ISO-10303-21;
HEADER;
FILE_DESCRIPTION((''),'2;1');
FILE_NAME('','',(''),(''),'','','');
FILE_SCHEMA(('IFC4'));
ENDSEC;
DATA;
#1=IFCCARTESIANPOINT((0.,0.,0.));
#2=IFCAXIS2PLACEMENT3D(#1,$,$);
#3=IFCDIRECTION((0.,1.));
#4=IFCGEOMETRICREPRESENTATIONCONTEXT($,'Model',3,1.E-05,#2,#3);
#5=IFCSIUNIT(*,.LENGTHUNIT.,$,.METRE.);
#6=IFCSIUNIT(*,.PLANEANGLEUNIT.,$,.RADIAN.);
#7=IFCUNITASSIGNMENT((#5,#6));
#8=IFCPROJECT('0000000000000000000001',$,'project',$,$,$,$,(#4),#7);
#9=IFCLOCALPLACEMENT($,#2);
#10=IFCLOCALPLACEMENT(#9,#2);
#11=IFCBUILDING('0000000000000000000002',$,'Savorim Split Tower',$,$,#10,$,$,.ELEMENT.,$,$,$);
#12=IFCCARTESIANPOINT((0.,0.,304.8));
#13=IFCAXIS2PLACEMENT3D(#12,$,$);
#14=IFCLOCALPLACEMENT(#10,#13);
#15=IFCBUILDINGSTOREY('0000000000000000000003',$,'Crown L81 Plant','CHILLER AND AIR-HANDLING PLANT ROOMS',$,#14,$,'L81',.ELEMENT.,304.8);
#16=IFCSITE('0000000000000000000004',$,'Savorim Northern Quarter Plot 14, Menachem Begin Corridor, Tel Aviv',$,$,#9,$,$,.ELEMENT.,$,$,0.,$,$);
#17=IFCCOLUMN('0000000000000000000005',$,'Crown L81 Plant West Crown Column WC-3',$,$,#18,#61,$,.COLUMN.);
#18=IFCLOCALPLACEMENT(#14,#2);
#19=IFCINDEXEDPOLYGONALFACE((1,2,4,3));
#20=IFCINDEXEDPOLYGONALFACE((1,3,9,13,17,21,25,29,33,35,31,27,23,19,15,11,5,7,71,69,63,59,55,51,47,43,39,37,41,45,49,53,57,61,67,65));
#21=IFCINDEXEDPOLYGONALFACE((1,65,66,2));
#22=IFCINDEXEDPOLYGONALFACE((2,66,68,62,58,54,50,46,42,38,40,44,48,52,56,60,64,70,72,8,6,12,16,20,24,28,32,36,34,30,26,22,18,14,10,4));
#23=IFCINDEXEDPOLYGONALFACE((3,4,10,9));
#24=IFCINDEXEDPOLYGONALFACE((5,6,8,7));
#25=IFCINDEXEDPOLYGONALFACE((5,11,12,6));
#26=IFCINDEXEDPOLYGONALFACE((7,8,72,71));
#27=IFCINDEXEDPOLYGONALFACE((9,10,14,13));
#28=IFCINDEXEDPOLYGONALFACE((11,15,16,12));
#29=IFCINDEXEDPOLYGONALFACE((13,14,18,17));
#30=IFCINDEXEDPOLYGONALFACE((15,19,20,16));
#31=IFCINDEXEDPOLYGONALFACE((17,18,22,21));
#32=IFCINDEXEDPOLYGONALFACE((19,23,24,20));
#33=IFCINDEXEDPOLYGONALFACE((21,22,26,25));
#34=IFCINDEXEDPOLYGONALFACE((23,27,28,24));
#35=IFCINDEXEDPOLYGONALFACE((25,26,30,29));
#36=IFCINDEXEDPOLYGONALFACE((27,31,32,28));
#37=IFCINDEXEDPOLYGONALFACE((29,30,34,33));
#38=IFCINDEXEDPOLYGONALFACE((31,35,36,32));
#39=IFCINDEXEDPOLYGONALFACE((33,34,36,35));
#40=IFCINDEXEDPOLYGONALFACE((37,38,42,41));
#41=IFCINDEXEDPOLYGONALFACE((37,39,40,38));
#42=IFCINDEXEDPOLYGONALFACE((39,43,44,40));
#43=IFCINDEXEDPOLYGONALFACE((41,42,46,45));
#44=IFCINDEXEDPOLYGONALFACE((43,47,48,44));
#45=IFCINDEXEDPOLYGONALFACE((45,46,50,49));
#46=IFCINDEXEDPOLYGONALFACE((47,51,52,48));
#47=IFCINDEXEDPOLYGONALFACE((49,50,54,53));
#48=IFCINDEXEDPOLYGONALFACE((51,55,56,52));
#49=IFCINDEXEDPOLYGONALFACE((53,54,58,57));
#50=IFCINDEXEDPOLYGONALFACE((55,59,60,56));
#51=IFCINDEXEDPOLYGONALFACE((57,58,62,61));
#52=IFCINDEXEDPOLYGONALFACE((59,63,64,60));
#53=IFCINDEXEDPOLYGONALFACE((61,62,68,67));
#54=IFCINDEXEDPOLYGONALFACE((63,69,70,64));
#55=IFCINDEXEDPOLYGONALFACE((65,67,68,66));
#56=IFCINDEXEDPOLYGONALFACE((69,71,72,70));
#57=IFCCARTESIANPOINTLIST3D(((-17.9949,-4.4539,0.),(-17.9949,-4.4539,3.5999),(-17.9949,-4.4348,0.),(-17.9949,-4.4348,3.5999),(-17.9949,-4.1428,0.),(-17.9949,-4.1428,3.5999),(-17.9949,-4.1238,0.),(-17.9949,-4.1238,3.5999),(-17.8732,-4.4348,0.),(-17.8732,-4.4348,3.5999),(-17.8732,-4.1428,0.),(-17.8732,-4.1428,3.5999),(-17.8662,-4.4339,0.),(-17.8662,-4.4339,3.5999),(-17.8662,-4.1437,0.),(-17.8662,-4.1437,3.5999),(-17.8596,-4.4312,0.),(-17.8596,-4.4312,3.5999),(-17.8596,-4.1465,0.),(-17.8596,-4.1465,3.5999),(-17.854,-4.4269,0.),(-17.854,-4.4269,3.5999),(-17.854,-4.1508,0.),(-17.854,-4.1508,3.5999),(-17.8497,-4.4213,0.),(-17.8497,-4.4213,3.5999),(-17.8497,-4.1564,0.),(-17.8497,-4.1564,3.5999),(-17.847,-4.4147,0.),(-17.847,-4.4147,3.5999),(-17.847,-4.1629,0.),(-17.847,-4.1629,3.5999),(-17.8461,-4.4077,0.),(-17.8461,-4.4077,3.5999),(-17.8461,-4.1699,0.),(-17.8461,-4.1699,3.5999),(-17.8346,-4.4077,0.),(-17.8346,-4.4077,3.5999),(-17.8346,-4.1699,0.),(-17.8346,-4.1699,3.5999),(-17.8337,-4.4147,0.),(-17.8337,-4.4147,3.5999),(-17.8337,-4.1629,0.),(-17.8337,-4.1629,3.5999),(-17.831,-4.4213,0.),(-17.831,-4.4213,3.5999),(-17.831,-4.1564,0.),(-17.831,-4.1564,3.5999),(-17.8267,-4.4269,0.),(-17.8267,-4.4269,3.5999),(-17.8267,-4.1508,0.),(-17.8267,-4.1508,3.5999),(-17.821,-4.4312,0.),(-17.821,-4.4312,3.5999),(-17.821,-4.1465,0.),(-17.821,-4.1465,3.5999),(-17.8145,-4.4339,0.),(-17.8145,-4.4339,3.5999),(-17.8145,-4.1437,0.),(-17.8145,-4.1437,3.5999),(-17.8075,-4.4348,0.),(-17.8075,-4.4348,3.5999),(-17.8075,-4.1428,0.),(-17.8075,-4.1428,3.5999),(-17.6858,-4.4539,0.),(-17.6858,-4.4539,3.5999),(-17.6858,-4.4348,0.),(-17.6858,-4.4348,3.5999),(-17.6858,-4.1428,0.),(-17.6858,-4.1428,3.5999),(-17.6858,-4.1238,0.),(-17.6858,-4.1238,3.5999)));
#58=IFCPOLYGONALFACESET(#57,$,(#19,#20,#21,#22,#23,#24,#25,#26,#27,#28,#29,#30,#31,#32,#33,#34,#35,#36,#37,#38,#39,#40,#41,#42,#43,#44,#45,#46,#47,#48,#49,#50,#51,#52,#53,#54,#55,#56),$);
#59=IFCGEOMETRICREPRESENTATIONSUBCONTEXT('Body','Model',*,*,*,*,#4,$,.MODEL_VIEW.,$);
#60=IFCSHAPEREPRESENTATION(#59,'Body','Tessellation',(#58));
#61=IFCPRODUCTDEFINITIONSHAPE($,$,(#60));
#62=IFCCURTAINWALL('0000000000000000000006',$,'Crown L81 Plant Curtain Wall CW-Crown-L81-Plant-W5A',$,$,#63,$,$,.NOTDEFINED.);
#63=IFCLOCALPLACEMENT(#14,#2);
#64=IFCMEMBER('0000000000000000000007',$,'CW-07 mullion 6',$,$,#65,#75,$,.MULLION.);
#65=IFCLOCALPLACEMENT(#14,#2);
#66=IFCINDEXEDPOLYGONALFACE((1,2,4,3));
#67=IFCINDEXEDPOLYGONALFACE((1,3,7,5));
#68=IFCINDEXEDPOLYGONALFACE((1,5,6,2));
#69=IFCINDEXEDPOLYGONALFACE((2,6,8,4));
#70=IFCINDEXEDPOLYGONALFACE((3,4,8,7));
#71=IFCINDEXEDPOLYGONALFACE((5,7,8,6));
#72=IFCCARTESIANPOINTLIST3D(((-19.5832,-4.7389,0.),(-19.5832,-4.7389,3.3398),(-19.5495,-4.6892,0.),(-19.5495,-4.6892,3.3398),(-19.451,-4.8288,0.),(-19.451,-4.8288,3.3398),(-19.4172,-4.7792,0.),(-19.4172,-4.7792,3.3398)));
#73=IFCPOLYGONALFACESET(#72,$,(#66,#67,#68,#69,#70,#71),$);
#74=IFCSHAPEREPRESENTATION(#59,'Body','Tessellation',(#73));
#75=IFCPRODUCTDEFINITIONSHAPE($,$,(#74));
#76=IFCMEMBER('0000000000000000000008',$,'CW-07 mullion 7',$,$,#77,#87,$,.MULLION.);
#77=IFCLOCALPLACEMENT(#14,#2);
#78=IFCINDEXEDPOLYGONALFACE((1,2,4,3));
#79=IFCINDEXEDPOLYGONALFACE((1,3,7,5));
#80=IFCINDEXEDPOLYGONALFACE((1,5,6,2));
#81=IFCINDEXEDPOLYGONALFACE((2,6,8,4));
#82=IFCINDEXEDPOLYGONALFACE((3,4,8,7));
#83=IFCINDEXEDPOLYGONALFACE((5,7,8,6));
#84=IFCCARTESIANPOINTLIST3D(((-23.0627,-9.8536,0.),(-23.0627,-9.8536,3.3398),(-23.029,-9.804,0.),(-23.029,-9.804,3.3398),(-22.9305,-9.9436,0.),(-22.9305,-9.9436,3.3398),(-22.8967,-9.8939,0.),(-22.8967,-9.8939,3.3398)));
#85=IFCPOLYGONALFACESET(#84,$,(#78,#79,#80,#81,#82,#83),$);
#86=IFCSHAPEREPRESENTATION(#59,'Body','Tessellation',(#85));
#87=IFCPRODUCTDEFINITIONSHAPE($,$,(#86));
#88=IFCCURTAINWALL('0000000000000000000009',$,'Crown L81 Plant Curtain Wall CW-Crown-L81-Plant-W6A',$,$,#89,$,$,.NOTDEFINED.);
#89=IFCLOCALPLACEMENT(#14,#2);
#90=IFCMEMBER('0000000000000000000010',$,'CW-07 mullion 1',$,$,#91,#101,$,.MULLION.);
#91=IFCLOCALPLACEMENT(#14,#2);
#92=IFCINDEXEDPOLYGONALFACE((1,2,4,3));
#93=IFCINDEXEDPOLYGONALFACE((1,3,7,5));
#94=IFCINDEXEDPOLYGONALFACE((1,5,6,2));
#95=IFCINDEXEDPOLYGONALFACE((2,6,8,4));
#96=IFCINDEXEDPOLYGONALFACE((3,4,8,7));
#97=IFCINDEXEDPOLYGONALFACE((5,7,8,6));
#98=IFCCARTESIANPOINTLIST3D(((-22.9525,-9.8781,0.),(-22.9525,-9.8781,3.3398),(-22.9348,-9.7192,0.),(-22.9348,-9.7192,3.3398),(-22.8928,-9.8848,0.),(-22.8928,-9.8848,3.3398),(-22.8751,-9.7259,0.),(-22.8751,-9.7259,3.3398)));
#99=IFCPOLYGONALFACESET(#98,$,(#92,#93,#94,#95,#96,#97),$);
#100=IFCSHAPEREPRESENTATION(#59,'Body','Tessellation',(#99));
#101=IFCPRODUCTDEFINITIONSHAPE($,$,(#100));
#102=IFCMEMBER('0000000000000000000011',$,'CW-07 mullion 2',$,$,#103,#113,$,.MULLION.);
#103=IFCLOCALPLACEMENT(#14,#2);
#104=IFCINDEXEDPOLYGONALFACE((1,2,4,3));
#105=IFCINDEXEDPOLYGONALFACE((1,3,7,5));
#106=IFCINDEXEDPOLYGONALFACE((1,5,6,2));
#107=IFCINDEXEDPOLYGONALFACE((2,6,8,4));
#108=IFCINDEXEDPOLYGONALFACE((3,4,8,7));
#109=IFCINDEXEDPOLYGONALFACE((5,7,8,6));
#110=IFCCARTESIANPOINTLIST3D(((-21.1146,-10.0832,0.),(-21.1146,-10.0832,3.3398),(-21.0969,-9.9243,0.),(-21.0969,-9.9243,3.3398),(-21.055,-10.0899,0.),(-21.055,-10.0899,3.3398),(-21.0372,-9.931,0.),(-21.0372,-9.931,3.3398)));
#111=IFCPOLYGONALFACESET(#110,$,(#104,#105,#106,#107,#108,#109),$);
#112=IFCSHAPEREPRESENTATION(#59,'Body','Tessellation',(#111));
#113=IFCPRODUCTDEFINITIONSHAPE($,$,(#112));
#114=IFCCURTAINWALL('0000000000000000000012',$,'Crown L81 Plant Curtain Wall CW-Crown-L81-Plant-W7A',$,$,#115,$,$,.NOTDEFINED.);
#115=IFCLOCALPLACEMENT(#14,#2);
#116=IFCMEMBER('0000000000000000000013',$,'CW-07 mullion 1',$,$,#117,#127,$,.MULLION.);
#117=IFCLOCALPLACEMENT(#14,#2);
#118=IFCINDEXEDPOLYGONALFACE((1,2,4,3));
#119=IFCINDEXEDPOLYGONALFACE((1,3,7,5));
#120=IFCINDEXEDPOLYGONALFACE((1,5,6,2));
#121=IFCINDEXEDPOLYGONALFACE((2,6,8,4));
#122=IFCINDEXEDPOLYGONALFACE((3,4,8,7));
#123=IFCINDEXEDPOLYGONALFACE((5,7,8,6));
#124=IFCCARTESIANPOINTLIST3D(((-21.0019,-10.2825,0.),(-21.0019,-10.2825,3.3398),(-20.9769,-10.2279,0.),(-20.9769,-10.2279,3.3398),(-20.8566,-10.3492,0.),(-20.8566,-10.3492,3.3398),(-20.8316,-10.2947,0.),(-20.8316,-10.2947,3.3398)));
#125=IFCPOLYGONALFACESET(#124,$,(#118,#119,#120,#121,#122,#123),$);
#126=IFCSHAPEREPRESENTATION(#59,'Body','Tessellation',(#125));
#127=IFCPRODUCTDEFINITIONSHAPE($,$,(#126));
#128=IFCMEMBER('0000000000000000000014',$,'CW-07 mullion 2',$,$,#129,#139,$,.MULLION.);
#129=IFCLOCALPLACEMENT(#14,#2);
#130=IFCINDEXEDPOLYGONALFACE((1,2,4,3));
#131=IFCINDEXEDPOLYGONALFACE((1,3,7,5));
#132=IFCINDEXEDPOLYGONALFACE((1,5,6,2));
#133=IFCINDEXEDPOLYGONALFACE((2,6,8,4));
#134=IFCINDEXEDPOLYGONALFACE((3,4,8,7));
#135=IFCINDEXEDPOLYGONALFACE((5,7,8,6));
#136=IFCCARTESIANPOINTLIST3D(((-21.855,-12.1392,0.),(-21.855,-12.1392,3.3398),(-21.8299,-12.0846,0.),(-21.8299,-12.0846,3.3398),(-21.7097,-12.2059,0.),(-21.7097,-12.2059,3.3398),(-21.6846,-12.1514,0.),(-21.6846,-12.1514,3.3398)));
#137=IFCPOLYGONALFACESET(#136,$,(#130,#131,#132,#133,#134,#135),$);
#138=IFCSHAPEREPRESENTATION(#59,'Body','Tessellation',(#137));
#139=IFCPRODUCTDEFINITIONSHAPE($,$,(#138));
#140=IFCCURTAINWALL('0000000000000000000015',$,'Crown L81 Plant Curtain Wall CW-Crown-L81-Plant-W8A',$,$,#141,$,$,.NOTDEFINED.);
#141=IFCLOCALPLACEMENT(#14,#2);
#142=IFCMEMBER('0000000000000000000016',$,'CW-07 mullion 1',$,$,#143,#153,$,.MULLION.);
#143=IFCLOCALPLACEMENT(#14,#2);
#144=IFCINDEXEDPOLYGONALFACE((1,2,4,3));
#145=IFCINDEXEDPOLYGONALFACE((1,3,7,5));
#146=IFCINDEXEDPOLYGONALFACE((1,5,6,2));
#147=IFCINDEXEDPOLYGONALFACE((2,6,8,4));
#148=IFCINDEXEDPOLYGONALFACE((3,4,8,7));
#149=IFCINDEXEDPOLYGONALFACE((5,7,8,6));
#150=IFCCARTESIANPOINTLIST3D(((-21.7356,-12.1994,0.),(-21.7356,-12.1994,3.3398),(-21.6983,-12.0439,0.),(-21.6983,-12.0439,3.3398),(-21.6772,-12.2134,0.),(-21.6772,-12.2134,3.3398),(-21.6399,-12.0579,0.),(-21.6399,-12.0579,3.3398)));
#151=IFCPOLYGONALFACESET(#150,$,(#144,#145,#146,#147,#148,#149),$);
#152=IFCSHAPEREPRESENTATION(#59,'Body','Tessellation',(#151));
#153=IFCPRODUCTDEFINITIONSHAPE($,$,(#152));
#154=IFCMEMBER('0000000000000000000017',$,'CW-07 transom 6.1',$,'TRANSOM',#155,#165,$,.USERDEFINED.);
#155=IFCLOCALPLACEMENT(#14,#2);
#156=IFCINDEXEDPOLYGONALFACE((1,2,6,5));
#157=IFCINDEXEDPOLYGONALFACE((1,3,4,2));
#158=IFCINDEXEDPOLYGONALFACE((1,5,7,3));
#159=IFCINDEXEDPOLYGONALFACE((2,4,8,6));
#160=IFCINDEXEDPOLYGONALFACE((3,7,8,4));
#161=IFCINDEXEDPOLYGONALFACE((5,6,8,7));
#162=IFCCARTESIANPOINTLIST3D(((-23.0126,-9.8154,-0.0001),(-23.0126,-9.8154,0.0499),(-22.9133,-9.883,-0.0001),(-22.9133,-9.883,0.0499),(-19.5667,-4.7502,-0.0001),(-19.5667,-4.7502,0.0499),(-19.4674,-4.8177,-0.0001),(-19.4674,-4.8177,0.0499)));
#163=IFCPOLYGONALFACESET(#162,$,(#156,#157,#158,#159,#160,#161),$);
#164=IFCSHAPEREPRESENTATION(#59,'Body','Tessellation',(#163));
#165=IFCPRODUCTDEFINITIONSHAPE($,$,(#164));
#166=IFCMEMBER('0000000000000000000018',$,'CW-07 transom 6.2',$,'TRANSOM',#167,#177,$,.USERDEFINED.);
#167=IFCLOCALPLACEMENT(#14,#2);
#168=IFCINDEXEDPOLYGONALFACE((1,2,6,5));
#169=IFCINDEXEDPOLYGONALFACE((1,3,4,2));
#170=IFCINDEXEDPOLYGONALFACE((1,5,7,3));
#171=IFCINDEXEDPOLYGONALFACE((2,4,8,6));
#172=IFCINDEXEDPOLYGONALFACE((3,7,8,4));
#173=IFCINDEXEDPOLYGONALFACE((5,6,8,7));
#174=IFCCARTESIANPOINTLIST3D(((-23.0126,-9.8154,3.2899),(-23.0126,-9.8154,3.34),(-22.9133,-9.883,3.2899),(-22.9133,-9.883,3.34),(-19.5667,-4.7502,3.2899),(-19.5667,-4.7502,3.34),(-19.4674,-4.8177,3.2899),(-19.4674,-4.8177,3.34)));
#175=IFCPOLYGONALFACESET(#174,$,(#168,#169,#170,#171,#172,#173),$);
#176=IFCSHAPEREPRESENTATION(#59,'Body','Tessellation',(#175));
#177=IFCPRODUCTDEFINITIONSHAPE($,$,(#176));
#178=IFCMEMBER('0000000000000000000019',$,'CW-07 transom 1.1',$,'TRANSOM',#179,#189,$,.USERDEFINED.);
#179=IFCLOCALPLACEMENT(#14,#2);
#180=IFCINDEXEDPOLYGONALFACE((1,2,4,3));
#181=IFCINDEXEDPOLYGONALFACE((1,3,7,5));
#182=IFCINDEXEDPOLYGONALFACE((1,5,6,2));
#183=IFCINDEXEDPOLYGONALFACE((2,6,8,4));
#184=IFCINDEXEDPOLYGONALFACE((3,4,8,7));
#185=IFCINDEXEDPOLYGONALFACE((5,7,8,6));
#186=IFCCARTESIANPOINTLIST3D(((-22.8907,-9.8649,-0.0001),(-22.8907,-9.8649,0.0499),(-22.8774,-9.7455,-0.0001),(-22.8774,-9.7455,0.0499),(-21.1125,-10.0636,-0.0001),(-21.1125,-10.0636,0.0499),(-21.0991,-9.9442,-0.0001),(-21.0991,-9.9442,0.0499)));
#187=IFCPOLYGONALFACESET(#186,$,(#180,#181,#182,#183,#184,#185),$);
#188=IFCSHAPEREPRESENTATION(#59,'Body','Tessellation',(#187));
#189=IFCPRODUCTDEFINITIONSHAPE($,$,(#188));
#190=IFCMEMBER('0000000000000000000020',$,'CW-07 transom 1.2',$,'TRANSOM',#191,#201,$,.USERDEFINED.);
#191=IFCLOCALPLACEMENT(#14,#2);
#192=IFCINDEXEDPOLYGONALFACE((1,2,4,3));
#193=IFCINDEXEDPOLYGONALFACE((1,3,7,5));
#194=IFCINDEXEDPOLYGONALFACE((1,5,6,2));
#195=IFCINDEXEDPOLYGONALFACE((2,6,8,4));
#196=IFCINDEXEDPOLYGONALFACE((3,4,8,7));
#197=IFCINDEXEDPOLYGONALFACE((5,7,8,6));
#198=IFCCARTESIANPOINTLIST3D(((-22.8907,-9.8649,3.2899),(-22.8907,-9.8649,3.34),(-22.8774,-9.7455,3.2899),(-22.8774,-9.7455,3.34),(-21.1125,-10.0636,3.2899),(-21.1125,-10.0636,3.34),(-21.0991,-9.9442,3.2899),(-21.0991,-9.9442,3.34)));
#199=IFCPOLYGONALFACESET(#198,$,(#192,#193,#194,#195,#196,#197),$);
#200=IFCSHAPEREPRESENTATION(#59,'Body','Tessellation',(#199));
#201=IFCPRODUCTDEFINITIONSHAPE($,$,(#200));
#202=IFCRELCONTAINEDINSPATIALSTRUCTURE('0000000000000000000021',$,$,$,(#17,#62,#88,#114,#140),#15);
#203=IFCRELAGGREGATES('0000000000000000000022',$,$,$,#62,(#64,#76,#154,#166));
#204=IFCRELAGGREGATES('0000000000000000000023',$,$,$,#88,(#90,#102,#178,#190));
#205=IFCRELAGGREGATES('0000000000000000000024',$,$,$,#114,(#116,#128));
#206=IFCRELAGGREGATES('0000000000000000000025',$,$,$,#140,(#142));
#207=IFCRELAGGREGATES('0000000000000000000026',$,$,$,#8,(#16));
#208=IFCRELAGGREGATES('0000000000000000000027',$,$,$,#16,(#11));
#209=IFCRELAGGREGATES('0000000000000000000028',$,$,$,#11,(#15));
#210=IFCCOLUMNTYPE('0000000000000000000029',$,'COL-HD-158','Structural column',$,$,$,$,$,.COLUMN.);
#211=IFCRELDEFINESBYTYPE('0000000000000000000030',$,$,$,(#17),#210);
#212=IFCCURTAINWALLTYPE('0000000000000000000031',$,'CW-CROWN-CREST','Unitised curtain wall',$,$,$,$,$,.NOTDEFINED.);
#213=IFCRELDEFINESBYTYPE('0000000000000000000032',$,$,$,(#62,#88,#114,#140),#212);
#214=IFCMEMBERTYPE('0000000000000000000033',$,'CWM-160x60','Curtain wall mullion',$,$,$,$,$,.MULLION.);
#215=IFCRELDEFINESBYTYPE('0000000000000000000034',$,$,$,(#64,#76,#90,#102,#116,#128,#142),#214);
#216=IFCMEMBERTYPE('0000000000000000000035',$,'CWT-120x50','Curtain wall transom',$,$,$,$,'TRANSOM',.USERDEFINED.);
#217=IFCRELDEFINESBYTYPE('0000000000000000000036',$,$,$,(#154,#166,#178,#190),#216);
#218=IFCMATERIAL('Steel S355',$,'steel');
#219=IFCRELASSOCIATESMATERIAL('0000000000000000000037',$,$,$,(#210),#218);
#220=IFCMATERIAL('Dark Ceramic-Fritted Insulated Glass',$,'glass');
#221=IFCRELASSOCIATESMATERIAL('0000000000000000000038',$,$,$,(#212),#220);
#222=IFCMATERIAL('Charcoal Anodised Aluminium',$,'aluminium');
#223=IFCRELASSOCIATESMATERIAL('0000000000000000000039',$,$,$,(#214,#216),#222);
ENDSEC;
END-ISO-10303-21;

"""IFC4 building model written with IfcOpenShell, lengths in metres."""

from ifc_helpers import new_model, si_unit, direction, frame, origin, origin_2d, place, context, subcontext, project, spatial, rectangle, i_section, extrude, material, material_profile, profile_set, type_object, element, aggregate, save


model = new_model("IFC4")

# Units and contexts
model_context = context("Model", 3, precision=1e-05, world=origin(), true_north=direction((0.0, 1.0)))
body_context = subcontext(model_context, "Body", "Model", "MODEL_VIEW")
ifc_project = project(units=[si_unit("LENGTHUNIT", "METRE"), si_unit("PLANEANGLEUNIT", "RADIAN")], contexts=[model_context])

# Site, building, storey
site_placement = place(None, origin())
site = spatial("IfcSite", under=ifc_project, at=site_placement, Name="Savorim Northern Quarter Plot 14, Menachem Begin Corridor, Tel Aviv", CompositionType="ELEMENT", RefElevation=0.0)
building_placement = place(site_placement, origin())
building = spatial("IfcBuilding", under=site, at=building_placement, Name="Savorim Split Tower", CompositionType="ELEMENT")
storey_placement = place(building_placement, frame((0.0, 0.0, 304.8)))
storey = spatial("IfcBuildingStorey", under=building, at=storey_placement, Name="Crown L81 Plant", Description="CHILLER AND AIR-HANDLING PLANT ROOMS", LongName="L81", CompositionType="ELEMENT", Elevation=304.8)

# Column
ifc_material_1 = material(Name="Steel S355", Category="steel")
ifc_material_profile_1 = material_profile(ifc_material_1, i_section(OverallWidth=0.3091, OverallDepth=0.3301, WebThickness=0.0115, FlangeThickness=0.019, FilletRadius=0.0271, at=origin_2d()), Name="HD 320x158")
ifc_profile_set_1 = profile_set([ifc_material_profile_1], Name="Steel S355")
column_type = type_object("IfcColumnType", Name="COL-HD-158", Description="Structural column", PredefinedType="COLUMN", material=ifc_profile_set_1)
column_placement = place(storey_placement, frame((-17.8403, -4.2888, 0.0), z_axis=(0.0, 0.0, 1.0), x_axis=(1.0, 0.0, 0.0)))
element("IfcColumn", 1, at=column_placement, inside=storey, type_object=column_type, Name="Crown L81 Plant West Crown Column WC-3", PredefinedType="COLUMN", context=body_context, shape_type="SweptSolid", body=[
    extrude(i_section(OverallWidth=0.3091, OverallDepth=0.3301, WebThickness=0.0115, FlangeThickness=0.019, FilletRadius=0.0271, at=origin_2d()), origin(), (0.0, 0.0, 1.0), 3.5999),
])

# Curtain walls, members
ifc_material_2 = material(Name="Dark Ceramic-Fritted Insulated Glass", Category="glass")
curtain_wall_type = type_object("IfcCurtainWallType", Name="CW-CROWN-CREST", Description="Unitised curtain wall", PredefinedType="NOTDEFINED", material=ifc_material_2)
curtain_wall_1_placement = place(storey_placement, origin())
curtain_wall_1 = element("IfcCurtainWall", 2, at=curtain_wall_1_placement, inside=storey, type_object=curtain_wall_type, Name="Crown L81 Plant Curtain Wall CW-Crown-L81-Plant-W5A", PredefinedType="NOTDEFINED")
ifc_material_3 = material(Name="Charcoal Anodised Aluminium", Category="aluminium")
ifc_material_profile_2 = material_profile(ifc_material_3, rectangle(XDim=0.1599, YDim=0.0601, at=origin_2d()), Name="ALU-M 160x60")
ifc_profile_set_2 = profile_set([ifc_material_profile_2], Name="Charcoal Anodised Aluminium")
member_type_1 = type_object("IfcMemberType", Name="CWM-160x60", Description="Curtain wall mullion", PredefinedType="MULLION", material=ifc_profile_set_2)
member_1_placement = place(storey_placement, frame((-19.5002, -4.759, 0.0), z_axis=(0.0, 0.0, 1.0), x_axis=(0.82682, -0.562467, 0.0)))
member_1 = element("IfcMember", 3, at=member_1_placement, type_object=member_type_1, Name="CW-07 mullion 6", PredefinedType="MULLION", context=body_context, shape_type="SweptSolid", body=[
    extrude(rectangle(XDim=0.1599, YDim=0.0601, at=origin_2d()), origin(), (0.0, 0.0, 1.0), 3.3398),
])
member_2_placement = place(storey_placement, frame((-22.9797, -9.8738, 0.0), z_axis=(0.0, 0.0, 1.0), x_axis=(0.82682, -0.562467, 0.0)))
member_2 = element("IfcMember", 4, at=member_2_placement, type_object=member_type_1, Name="CW-07 mullion 7", PredefinedType="MULLION", context=body_context, shape_type="SweptSolid", body=[
    extrude(rectangle(XDim=0.1599, YDim=0.0601, at=origin_2d()), origin(), (0.0, 0.0, 1.0), 3.3398),
])
curtain_wall_2_placement = place(storey_placement, origin())
curtain_wall_2 = element("IfcCurtainWall", 5, at=curtain_wall_2_placement, inside=storey, type_object=curtain_wall_type, Name="Crown L81 Plant Curtain Wall CW-Crown-L81-Plant-W6A", PredefinedType="NOTDEFINED")
member_3_placement = place(storey_placement, frame((-22.9138, -9.802, 0.0), z_axis=(0.0, 0.0, 1.0), x_axis=(0.110983, 0.993822, 0.0)))
member_3 = element("IfcMember", 6, at=member_3_placement, type_object=member_type_1, Name="CW-07 mullion 1", PredefinedType="MULLION", context=body_context, shape_type="SweptSolid", body=[
    extrude(rectangle(XDim=0.1599, YDim=0.0601, at=origin_2d()), origin(), (0.0, 0.0, 1.0), 3.3398),
])
member_4_placement = place(storey_placement, frame((-21.0759, -10.0071, 0.0), z_axis=(0.0, 0.0, 1.0), x_axis=(0.110983, 0.993822, 0.0)))
member_4 = element("IfcMember", 7, at=member_4_placement, type_object=member_type_1, Name="CW-07 mullion 2", PredefinedType="MULLION", context=body_context, shape_type="SweptSolid", body=[
    extrude(rectangle(XDim=0.1599, YDim=0.0601, at=origin_2d()), origin(), (0.0, 0.0, 1.0), 3.3398),
])
curtain_wall_3_placement = place(storey_placement, origin())
curtain_wall_3 = element("IfcCurtainWall", 8, at=curtain_wall_3_placement, inside=storey, type_object=curtain_wall_type, Name="Crown L81 Plant Curtain Wall CW-Crown-L81-Plant-W7A", PredefinedType="NOTDEFINED")
member_5_placement = place(storey_placement, frame((-20.9167, -10.2886, 0.0), z_axis=(0.0, 0.0, 1.0), x_axis=(0.90868, -0.417493, 0.0)))
member_5 = element("IfcMember", 9, at=member_5_placement, type_object=member_type_1, Name="CW-07 mullion 1", PredefinedType="MULLION", context=body_context, shape_type="SweptSolid", body=[
    extrude(rectangle(XDim=0.1599, YDim=0.0601, at=origin_2d()), origin(), (0.0, 0.0, 1.0), 3.3398),
])
member_6_placement = place(storey_placement, frame((-21.7698, -12.1453, 0.0), z_axis=(0.0, 0.0, 1.0), x_axis=(0.90868, -0.417493, 0.0)))
member_6 = element("IfcMember", 10, at=member_6_placement, type_object=member_type_1, Name="CW-07 mullion 2", PredefinedType="MULLION", context=body_context, shape_type="SweptSolid", body=[
    extrude(rectangle(XDim=0.1599, YDim=0.0601, at=origin_2d()), origin(), (0.0, 0.0, 1.0), 3.3398),
])

# Curtain wall, member
curtain_wall_4_placement = place(storey_placement, origin())
curtain_wall_4 = element("IfcCurtainWall", 11, at=curtain_wall_4_placement, inside=storey, type_object=curtain_wall_type, Name="Crown L81 Plant Curtain Wall CW-Crown-L81-Plant-W8A", PredefinedType="NOTDEFINED")
member_7_placement = place(storey_placement, frame((-21.6877, -12.1287, 0.0), z_axis=(0.0, 0.0, 1.0), x_axis=(0.233173, 0.972435, 0.0)))
member_7 = element("IfcMember", 12, at=member_7_placement, type_object=member_type_1, Name="CW-07 mullion 1", PredefinedType="MULLION", context=body_context, shape_type="SweptSolid", body=[
    extrude(rectangle(XDim=0.1599, YDim=0.0601, at=origin_2d()), origin(), (0.0, 0.0, 1.0), 3.3398),
])

# Members
ifc_material_profile_3 = material_profile(ifc_material_3, rectangle(XDim=0.1201, YDim=0.05, at=origin_2d()), Name="ALU-T 120x50")
ifc_profile_set_3 = profile_set([ifc_material_profile_3], Name="Charcoal Anodised Aluminium")
member_type_2 = type_object("IfcMemberType", Name="CWT-120x50", Description="Curtain wall transom", ElementType="TRANSOM", PredefinedType="USERDEFINED", material=ifc_profile_set_3)
member_8_placement = place(storey_placement, frame((-19.5171, -4.7839, 0.0249), z_axis=(-0.562475, -0.826815, 0.0), x_axis=(0.826815, -0.562475, 0.0)))
member_8 = element("IfcMember", 13, at=member_8_placement, type_object=member_type_2, Name="CW-07 transom 6.1", ObjectType="TRANSOM", PredefinedType="USERDEFINED", context=body_context, shape_type="SweptSolid", body=[
    extrude(rectangle(XDim=0.1201, YDim=0.05, at=origin_2d()), origin(), (0.0, 0.0, 1.0), 6.1262),
])
member_9_placement = place(storey_placement, frame((-19.5171, -4.7839, 3.3149), z_axis=(-0.562475, -0.826815, 0.0), x_axis=(0.826815, -0.562475, 0.0)))
member_9 = element("IfcMember", 14, at=member_9_placement, type_object=member_type_2, Name="CW-07 transom 6.2", ObjectType="TRANSOM", PredefinedType="USERDEFINED", context=body_context, shape_type="SweptSolid", body=[
    extrude(rectangle(XDim=0.1201, YDim=0.05, at=origin_2d()), origin(), (0.0, 0.0, 1.0), 6.1262),
])
member_10_placement = place(storey_placement, frame((-22.884, -9.8052, 0.0249), z_axis=(0.993814, -0.11106, 0.0), x_axis=(0.11106, 0.993814, 0.0)))
member_10 = element("IfcMember", 15, at=member_10_placement, type_object=member_type_2, Name="CW-07 transom 1.1", ObjectType="TRANSOM", PredefinedType="USERDEFINED", context=body_context, shape_type="SweptSolid", body=[
    extrude(rectangle(XDim=0.1201, YDim=0.05, at=origin_2d()), origin(), (0.0, 0.0, 1.0), 1.7893),
])
member_11_placement = place(storey_placement, frame((-22.884, -9.8052, 3.3149), z_axis=(0.993814, -0.11106, 0.0), x_axis=(0.11106, 0.993814, 0.0)))
member_11 = element("IfcMember", 16, at=member_11_placement, type_object=member_type_2, Name="CW-07 transom 1.2", ObjectType="TRANSOM", PredefinedType="USERDEFINED", context=body_context, shape_type="SweptSolid", body=[
    extrude(rectangle(XDim=0.1201, YDim=0.05, at=origin_2d()), origin(), (0.0, 0.0, 1.0), 1.7893),
])

aggregate(curtain_wall_1, [member_1, member_2, member_8, member_9])
aggregate(curtain_wall_2, [member_3, member_4, member_10, member_11])
aggregate(curtain_wall_3, [member_5, member_6])
aggregate(curtain_wall_4, [member_7])

save(model, "model.ifc")
